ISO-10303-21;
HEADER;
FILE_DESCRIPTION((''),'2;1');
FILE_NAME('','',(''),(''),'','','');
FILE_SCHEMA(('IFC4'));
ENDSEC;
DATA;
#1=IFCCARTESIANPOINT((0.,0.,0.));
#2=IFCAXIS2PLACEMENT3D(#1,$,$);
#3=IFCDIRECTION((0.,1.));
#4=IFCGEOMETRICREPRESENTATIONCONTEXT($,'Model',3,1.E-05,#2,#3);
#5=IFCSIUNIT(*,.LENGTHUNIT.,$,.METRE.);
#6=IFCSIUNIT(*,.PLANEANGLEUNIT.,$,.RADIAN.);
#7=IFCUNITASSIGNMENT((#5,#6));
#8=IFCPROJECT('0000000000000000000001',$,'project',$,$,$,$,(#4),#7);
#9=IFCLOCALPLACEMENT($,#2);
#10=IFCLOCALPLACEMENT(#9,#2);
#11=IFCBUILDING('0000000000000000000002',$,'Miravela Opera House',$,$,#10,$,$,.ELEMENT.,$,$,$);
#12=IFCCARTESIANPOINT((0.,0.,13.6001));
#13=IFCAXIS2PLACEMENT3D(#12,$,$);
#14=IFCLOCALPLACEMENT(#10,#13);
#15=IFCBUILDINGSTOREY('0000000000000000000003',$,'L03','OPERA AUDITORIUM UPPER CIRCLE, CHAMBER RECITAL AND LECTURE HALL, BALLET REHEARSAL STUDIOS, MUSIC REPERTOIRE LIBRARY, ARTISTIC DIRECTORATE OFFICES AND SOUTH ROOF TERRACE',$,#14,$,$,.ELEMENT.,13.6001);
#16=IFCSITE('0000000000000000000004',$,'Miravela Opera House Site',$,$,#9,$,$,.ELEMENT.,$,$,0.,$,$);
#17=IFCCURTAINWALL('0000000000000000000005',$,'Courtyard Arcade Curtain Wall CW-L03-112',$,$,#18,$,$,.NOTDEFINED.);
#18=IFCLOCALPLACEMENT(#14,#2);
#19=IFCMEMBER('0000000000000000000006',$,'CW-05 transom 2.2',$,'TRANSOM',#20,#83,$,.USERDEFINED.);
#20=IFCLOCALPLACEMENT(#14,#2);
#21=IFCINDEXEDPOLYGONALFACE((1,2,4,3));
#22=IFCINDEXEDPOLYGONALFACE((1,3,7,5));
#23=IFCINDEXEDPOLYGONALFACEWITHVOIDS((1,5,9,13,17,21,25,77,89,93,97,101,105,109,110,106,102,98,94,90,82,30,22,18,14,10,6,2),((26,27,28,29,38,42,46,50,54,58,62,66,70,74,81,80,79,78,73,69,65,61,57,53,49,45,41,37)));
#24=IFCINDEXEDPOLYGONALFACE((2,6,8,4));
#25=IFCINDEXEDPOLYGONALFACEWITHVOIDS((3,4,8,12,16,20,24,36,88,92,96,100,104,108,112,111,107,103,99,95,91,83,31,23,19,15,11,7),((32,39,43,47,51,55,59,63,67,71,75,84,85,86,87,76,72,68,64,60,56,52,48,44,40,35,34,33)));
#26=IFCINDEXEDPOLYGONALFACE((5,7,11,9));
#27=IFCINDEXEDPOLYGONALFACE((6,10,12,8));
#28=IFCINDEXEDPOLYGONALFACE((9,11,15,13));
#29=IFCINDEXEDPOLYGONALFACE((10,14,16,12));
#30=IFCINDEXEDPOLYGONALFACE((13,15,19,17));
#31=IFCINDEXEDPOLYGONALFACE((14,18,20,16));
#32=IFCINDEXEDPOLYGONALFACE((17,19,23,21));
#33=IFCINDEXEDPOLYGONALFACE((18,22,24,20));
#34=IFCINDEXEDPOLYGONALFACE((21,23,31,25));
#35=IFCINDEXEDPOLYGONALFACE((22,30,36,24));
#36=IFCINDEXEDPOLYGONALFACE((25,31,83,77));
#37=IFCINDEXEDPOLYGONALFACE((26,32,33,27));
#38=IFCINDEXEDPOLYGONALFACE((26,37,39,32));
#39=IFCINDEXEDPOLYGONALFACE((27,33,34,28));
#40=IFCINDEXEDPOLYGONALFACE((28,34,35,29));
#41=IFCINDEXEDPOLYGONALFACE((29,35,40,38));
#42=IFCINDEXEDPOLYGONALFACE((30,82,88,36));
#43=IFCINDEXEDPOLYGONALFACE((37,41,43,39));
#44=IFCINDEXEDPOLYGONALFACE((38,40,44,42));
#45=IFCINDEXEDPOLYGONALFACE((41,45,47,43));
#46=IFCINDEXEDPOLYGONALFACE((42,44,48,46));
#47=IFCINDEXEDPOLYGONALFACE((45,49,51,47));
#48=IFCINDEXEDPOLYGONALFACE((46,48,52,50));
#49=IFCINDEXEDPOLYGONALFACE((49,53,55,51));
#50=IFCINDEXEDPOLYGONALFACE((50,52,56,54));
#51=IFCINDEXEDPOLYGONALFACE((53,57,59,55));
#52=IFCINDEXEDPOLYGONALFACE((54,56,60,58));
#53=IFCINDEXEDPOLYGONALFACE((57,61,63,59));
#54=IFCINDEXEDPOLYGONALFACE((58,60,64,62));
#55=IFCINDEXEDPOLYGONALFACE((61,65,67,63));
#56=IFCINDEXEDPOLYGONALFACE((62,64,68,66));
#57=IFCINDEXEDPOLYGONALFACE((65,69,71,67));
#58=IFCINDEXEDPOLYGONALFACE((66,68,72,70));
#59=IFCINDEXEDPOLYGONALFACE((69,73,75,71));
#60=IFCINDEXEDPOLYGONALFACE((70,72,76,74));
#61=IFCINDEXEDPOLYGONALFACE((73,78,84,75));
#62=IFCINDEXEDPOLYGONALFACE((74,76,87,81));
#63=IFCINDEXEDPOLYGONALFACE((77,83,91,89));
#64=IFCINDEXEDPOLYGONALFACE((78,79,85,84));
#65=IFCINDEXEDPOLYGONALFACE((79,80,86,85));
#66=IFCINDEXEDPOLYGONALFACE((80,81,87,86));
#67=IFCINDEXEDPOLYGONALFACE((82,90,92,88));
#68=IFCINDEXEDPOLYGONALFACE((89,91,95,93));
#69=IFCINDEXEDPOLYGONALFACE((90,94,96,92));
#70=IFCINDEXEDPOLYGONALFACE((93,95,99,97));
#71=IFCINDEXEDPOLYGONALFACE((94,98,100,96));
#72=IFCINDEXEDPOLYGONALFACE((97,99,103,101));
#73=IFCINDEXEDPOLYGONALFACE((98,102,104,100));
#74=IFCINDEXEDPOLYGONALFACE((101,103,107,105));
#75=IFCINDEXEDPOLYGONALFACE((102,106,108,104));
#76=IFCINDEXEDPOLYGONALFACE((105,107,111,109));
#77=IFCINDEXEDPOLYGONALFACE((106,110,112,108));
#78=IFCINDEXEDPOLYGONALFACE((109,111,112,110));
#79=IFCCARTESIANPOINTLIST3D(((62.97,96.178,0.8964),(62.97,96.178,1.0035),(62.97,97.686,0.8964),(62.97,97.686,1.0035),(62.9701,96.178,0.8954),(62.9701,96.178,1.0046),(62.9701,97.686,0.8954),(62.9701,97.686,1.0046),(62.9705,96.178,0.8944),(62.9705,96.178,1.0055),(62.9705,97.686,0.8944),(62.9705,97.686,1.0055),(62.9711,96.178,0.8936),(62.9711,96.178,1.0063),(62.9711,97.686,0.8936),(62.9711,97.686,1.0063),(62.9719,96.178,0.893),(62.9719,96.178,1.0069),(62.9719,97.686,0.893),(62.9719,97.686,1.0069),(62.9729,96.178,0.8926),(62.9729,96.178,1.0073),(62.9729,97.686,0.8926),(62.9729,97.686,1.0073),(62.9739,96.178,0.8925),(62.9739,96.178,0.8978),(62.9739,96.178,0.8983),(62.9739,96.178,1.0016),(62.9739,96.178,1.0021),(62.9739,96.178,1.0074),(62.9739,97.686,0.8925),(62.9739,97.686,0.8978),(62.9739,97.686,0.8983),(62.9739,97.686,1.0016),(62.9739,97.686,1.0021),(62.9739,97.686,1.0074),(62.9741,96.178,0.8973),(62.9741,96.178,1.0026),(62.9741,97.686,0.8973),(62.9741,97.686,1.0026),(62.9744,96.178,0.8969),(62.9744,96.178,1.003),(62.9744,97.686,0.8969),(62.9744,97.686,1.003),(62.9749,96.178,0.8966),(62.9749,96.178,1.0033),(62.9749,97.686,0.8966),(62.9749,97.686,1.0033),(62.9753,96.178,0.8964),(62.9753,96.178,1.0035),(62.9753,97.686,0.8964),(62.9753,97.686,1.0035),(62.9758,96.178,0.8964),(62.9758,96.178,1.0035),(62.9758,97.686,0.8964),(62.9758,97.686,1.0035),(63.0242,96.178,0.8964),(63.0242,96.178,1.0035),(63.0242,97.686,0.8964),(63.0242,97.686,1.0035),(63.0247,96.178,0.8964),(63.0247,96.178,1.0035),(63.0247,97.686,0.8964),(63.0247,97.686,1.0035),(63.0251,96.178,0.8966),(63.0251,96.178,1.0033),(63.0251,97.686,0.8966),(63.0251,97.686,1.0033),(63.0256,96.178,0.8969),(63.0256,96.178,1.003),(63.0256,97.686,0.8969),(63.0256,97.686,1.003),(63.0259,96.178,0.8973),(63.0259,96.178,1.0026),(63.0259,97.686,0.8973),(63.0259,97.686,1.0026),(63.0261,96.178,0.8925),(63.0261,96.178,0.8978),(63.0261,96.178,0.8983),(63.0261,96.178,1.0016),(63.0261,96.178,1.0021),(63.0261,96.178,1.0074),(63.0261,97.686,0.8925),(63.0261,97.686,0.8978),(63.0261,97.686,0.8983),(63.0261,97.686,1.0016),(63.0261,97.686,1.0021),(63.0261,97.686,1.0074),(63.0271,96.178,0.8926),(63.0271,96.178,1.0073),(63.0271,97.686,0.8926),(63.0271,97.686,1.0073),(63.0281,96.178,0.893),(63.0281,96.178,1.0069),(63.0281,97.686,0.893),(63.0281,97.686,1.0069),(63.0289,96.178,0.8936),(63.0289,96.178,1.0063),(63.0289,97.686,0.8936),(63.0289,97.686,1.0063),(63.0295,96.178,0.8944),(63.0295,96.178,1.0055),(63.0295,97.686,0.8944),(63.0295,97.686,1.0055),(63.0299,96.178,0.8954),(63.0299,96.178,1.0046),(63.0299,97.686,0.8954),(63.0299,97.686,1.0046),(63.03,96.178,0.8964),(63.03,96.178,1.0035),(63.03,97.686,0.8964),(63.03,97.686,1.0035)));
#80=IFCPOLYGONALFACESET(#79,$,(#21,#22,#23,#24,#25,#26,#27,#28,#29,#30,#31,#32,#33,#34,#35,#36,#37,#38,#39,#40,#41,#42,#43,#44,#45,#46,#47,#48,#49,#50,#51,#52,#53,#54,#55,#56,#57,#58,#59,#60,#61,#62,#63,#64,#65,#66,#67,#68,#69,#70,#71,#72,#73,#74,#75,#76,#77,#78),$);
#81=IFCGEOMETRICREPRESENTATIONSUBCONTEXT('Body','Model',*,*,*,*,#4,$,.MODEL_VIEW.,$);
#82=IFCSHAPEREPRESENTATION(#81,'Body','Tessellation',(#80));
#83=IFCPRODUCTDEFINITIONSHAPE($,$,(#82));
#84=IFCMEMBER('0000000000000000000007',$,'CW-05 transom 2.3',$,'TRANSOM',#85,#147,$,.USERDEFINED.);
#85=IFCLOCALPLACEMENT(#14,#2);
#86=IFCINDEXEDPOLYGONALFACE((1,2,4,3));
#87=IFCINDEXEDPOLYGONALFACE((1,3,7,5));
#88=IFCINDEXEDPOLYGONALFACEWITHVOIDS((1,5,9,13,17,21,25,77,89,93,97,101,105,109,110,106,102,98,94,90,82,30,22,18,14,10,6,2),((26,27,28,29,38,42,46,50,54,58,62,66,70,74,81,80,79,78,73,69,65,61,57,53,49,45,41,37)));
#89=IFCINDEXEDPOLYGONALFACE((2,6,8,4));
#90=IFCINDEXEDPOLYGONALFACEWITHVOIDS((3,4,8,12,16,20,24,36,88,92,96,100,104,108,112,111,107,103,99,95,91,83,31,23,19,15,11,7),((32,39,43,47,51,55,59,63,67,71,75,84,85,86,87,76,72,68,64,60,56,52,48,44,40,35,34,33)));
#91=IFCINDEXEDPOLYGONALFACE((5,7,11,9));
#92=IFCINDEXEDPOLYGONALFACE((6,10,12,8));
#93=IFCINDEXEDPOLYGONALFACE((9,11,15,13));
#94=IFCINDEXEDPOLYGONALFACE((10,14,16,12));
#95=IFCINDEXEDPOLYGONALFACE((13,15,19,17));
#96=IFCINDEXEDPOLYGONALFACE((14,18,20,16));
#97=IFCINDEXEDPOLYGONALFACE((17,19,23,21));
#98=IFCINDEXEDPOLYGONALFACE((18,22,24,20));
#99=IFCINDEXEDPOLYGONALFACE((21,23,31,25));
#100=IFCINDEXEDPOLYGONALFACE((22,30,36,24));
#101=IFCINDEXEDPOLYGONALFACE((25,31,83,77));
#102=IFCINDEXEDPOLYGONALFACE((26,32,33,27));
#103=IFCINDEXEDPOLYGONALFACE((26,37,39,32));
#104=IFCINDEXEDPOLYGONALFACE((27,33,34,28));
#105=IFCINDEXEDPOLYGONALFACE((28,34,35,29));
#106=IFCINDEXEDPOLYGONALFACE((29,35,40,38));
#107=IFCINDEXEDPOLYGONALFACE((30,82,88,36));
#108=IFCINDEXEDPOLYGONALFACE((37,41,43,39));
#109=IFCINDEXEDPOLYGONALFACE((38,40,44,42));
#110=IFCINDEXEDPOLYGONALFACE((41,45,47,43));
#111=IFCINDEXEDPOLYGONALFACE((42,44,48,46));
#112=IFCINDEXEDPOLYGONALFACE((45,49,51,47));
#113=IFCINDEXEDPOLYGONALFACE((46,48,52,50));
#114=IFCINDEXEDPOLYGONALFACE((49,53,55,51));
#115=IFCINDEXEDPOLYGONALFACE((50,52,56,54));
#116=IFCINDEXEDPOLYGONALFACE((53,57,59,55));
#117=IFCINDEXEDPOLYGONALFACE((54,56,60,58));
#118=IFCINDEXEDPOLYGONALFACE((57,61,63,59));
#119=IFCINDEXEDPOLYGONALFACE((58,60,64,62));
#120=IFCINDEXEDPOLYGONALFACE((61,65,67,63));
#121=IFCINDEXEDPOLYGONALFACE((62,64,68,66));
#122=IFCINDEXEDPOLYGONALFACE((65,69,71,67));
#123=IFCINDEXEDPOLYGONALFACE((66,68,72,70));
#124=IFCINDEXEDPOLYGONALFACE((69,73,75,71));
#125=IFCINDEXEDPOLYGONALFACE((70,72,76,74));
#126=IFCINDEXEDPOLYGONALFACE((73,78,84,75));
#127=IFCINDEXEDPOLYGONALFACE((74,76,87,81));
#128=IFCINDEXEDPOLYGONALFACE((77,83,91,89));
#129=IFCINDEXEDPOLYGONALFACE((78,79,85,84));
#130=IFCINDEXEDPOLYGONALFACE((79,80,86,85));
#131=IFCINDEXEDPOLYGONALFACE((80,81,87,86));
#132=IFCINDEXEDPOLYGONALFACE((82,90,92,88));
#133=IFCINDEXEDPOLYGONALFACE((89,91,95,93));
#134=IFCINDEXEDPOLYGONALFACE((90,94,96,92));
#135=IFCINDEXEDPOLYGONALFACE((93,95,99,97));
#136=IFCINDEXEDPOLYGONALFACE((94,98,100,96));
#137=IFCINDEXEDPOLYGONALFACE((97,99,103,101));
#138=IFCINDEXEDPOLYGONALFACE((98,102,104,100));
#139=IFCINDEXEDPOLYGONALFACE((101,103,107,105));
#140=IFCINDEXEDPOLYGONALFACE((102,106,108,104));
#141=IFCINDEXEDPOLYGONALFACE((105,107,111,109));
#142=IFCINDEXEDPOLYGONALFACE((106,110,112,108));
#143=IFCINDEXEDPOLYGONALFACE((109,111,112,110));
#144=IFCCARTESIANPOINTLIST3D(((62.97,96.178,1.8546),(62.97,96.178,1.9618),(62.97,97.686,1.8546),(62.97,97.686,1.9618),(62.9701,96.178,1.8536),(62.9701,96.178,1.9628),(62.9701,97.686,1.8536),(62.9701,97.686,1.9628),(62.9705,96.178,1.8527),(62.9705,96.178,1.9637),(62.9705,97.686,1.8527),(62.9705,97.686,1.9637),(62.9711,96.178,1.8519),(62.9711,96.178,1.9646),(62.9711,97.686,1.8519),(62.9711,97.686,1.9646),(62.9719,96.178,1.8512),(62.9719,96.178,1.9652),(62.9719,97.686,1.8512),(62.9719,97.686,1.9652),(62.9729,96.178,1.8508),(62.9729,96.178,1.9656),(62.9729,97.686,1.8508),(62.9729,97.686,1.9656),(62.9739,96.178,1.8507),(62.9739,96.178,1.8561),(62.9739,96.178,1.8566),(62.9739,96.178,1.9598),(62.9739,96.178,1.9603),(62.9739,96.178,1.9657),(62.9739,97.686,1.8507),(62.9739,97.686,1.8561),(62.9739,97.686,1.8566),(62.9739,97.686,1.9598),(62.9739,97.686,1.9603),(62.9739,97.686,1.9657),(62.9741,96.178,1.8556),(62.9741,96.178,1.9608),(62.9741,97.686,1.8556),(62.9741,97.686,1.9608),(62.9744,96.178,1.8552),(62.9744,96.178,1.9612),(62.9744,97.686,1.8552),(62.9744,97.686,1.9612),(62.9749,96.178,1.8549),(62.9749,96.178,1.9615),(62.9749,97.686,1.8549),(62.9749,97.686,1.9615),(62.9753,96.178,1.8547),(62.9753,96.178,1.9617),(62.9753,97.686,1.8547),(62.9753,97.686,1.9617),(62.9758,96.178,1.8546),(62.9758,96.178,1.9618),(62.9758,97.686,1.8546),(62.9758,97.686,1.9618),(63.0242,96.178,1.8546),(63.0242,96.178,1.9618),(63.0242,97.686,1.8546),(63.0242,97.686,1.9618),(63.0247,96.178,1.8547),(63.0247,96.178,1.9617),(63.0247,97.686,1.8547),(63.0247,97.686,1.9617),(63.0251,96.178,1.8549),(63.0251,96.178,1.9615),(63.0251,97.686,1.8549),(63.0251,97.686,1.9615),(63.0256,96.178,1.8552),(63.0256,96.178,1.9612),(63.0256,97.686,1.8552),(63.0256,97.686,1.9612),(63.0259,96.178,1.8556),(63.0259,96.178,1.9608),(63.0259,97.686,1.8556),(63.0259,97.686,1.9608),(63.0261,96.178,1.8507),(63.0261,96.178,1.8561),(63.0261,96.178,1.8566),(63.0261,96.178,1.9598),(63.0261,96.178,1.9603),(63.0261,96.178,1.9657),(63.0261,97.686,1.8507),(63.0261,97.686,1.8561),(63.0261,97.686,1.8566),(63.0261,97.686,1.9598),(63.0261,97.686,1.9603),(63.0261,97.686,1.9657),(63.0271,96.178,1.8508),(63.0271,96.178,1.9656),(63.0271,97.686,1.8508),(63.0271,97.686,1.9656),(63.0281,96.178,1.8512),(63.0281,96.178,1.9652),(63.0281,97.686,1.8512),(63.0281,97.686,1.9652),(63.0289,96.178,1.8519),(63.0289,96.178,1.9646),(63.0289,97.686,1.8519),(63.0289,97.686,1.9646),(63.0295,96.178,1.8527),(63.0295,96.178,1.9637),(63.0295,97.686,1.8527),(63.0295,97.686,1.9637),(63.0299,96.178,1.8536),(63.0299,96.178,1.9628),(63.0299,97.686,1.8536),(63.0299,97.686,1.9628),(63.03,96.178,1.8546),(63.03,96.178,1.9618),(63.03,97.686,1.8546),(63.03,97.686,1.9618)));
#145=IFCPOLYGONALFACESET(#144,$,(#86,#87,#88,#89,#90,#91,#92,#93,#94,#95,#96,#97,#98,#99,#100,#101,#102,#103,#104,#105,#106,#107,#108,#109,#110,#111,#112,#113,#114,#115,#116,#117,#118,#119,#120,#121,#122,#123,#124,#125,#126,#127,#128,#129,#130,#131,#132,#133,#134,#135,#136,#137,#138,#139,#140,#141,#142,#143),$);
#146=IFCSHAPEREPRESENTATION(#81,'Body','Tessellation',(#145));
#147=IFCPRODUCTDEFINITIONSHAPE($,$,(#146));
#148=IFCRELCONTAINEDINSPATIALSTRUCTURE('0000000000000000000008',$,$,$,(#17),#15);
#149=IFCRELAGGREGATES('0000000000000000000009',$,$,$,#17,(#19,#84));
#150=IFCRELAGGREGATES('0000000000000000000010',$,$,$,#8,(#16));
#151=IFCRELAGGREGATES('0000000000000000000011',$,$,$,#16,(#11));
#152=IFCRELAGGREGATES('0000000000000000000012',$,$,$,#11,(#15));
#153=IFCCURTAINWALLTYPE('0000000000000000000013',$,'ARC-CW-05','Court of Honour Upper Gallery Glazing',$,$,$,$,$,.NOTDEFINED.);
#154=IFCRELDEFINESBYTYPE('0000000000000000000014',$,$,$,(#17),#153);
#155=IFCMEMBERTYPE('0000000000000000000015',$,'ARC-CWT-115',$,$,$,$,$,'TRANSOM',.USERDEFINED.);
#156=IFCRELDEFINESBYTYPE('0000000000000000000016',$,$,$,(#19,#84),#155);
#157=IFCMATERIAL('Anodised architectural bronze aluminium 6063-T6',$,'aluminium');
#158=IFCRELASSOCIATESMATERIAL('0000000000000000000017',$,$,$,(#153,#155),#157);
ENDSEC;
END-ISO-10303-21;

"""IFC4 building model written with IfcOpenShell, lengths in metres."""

from ifc_helpers import new_model, si_unit, direction, frame, origin, origin_2d, place, context, subcontext, project, spatial, hollow_rectangle, extrude, material, material_profile, profile_set, type_object, element, aggregate, save


model = new_model("IFC4")

# Units and contexts
model_context = context("Model", 3, precision=1e-05, world=origin(), true_north=direction((0.0, 1.0)))
body_context = subcontext(model_context, "Body", "Model", "MODEL_VIEW")
ifc_project = project(units=[si_unit("LENGTHUNIT", "METRE"), si_unit("PLANEANGLEUNIT", "RADIAN")], contexts=[model_context])

# Site, building, storey
site_placement = place(None, origin())
site = spatial("IfcSite", under=ifc_project, at=site_placement, Name="Miravela Opera House Site", CompositionType="ELEMENT", RefElevation=0.0)
building_placement = place(site_placement, origin())
building = spatial("IfcBuilding", under=site, at=building_placement, Name="Miravela Opera House", CompositionType="ELEMENT")
storey_placement = place(building_placement, frame((0.0, 0.0, 13.6001)))
storey = spatial("IfcBuildingStorey", under=building, at=storey_placement, Name="L03", Description="OPERA AUDITORIUM UPPER CIRCLE, CHAMBER RECITAL AND LECTURE HALL, BALLET REHEARSAL STUDIOS, MUSIC REPERTOIRE LIBRARY, ARTISTIC DIRECTORATE OFFICES AND SOUTH ROOF TERRACE", CompositionType="ELEMENT", Elevation=13.6001)

# Shared definitions
ifc_material_1 = material(Name="Anodised architectural bronze aluminium 6063-T6", Category="aluminium")
curtain_wall_type = type_object("IfcCurtainWallType", Name="ARC-CW-05", Description="Court of Honour Upper Gallery Glazing", PredefinedType="NOTDEFINED", material=ifc_material_1)

# Curtain wall, members
curtain_wall_1_placement = place(storey_placement, origin())
curtain_wall_1 = element("IfcCurtainWall", 1, at=curtain_wall_1_placement, inside=storey, type_object=curtain_wall_type, Name="Courtyard Arcade Curtain Wall CW-L03-112", PredefinedType="NOTDEFINED")
ifc_material_profile_1 = material_profile(ifc_material_1, hollow_rectangle(XDim=0.0601, YDim=0.115, WallThickness=0.0039, InnerFilletRadius=0.002, OuterFilletRadius=0.0039, at=origin_2d()), Name="CWT-60X115")
ifc_profile_set_1 = profile_set([ifc_material_profile_1])
member_type_1 = type_object("IfcMemberType", Name="ARC-CWT-115", ElementType="TRANSOM", PredefinedType="USERDEFINED", material=ifc_profile_set_1)
member_1_placement = place(storey_placement, frame((63.0, 96.178, 0.95), z_axis=(0.0, 1.0, 0.0), x_axis=(-1.0, 0.0, 0.0)))
member_1 = element("IfcMember", 2, at=member_1_placement, type_object=member_type_1, Name="CW-05 transom 2.2", ObjectType="TRANSOM", PredefinedType="USERDEFINED", context=body_context, shape_type="SweptSolid", body=[
    extrude(hollow_rectangle(XDim=0.0601, YDim=0.115, WallThickness=0.0039, InnerFilletRadius=0.002, OuterFilletRadius=0.0039, at=origin_2d()), origin(), (0.0, 0.0, 1.0), 1.5081),
])
member_2_placement = place(storey_placement, frame((63.0, 96.178, 1.9082), z_axis=(0.0, 1.0, 0.0), x_axis=(-1.0, 0.0, 0.0)))
member_2 = element("IfcMember", 3, at=member_2_placement, type_object=member_type_1, Name="CW-05 transom 2.3", ObjectType="TRANSOM", PredefinedType="USERDEFINED", context=body_context, shape_type="SweptSolid", body=[
    extrude(hollow_rectangle(XDim=0.0601, YDim=0.115, WallThickness=0.0039, InnerFilletRadius=0.002, OuterFilletRadius=0.0039, at=origin_2d()), origin(), (0.0, 0.0, 1.0), 1.5081),
])

aggregate(curtain_wall_1, [member_1, member_2])

save(model, "model.ifc")
